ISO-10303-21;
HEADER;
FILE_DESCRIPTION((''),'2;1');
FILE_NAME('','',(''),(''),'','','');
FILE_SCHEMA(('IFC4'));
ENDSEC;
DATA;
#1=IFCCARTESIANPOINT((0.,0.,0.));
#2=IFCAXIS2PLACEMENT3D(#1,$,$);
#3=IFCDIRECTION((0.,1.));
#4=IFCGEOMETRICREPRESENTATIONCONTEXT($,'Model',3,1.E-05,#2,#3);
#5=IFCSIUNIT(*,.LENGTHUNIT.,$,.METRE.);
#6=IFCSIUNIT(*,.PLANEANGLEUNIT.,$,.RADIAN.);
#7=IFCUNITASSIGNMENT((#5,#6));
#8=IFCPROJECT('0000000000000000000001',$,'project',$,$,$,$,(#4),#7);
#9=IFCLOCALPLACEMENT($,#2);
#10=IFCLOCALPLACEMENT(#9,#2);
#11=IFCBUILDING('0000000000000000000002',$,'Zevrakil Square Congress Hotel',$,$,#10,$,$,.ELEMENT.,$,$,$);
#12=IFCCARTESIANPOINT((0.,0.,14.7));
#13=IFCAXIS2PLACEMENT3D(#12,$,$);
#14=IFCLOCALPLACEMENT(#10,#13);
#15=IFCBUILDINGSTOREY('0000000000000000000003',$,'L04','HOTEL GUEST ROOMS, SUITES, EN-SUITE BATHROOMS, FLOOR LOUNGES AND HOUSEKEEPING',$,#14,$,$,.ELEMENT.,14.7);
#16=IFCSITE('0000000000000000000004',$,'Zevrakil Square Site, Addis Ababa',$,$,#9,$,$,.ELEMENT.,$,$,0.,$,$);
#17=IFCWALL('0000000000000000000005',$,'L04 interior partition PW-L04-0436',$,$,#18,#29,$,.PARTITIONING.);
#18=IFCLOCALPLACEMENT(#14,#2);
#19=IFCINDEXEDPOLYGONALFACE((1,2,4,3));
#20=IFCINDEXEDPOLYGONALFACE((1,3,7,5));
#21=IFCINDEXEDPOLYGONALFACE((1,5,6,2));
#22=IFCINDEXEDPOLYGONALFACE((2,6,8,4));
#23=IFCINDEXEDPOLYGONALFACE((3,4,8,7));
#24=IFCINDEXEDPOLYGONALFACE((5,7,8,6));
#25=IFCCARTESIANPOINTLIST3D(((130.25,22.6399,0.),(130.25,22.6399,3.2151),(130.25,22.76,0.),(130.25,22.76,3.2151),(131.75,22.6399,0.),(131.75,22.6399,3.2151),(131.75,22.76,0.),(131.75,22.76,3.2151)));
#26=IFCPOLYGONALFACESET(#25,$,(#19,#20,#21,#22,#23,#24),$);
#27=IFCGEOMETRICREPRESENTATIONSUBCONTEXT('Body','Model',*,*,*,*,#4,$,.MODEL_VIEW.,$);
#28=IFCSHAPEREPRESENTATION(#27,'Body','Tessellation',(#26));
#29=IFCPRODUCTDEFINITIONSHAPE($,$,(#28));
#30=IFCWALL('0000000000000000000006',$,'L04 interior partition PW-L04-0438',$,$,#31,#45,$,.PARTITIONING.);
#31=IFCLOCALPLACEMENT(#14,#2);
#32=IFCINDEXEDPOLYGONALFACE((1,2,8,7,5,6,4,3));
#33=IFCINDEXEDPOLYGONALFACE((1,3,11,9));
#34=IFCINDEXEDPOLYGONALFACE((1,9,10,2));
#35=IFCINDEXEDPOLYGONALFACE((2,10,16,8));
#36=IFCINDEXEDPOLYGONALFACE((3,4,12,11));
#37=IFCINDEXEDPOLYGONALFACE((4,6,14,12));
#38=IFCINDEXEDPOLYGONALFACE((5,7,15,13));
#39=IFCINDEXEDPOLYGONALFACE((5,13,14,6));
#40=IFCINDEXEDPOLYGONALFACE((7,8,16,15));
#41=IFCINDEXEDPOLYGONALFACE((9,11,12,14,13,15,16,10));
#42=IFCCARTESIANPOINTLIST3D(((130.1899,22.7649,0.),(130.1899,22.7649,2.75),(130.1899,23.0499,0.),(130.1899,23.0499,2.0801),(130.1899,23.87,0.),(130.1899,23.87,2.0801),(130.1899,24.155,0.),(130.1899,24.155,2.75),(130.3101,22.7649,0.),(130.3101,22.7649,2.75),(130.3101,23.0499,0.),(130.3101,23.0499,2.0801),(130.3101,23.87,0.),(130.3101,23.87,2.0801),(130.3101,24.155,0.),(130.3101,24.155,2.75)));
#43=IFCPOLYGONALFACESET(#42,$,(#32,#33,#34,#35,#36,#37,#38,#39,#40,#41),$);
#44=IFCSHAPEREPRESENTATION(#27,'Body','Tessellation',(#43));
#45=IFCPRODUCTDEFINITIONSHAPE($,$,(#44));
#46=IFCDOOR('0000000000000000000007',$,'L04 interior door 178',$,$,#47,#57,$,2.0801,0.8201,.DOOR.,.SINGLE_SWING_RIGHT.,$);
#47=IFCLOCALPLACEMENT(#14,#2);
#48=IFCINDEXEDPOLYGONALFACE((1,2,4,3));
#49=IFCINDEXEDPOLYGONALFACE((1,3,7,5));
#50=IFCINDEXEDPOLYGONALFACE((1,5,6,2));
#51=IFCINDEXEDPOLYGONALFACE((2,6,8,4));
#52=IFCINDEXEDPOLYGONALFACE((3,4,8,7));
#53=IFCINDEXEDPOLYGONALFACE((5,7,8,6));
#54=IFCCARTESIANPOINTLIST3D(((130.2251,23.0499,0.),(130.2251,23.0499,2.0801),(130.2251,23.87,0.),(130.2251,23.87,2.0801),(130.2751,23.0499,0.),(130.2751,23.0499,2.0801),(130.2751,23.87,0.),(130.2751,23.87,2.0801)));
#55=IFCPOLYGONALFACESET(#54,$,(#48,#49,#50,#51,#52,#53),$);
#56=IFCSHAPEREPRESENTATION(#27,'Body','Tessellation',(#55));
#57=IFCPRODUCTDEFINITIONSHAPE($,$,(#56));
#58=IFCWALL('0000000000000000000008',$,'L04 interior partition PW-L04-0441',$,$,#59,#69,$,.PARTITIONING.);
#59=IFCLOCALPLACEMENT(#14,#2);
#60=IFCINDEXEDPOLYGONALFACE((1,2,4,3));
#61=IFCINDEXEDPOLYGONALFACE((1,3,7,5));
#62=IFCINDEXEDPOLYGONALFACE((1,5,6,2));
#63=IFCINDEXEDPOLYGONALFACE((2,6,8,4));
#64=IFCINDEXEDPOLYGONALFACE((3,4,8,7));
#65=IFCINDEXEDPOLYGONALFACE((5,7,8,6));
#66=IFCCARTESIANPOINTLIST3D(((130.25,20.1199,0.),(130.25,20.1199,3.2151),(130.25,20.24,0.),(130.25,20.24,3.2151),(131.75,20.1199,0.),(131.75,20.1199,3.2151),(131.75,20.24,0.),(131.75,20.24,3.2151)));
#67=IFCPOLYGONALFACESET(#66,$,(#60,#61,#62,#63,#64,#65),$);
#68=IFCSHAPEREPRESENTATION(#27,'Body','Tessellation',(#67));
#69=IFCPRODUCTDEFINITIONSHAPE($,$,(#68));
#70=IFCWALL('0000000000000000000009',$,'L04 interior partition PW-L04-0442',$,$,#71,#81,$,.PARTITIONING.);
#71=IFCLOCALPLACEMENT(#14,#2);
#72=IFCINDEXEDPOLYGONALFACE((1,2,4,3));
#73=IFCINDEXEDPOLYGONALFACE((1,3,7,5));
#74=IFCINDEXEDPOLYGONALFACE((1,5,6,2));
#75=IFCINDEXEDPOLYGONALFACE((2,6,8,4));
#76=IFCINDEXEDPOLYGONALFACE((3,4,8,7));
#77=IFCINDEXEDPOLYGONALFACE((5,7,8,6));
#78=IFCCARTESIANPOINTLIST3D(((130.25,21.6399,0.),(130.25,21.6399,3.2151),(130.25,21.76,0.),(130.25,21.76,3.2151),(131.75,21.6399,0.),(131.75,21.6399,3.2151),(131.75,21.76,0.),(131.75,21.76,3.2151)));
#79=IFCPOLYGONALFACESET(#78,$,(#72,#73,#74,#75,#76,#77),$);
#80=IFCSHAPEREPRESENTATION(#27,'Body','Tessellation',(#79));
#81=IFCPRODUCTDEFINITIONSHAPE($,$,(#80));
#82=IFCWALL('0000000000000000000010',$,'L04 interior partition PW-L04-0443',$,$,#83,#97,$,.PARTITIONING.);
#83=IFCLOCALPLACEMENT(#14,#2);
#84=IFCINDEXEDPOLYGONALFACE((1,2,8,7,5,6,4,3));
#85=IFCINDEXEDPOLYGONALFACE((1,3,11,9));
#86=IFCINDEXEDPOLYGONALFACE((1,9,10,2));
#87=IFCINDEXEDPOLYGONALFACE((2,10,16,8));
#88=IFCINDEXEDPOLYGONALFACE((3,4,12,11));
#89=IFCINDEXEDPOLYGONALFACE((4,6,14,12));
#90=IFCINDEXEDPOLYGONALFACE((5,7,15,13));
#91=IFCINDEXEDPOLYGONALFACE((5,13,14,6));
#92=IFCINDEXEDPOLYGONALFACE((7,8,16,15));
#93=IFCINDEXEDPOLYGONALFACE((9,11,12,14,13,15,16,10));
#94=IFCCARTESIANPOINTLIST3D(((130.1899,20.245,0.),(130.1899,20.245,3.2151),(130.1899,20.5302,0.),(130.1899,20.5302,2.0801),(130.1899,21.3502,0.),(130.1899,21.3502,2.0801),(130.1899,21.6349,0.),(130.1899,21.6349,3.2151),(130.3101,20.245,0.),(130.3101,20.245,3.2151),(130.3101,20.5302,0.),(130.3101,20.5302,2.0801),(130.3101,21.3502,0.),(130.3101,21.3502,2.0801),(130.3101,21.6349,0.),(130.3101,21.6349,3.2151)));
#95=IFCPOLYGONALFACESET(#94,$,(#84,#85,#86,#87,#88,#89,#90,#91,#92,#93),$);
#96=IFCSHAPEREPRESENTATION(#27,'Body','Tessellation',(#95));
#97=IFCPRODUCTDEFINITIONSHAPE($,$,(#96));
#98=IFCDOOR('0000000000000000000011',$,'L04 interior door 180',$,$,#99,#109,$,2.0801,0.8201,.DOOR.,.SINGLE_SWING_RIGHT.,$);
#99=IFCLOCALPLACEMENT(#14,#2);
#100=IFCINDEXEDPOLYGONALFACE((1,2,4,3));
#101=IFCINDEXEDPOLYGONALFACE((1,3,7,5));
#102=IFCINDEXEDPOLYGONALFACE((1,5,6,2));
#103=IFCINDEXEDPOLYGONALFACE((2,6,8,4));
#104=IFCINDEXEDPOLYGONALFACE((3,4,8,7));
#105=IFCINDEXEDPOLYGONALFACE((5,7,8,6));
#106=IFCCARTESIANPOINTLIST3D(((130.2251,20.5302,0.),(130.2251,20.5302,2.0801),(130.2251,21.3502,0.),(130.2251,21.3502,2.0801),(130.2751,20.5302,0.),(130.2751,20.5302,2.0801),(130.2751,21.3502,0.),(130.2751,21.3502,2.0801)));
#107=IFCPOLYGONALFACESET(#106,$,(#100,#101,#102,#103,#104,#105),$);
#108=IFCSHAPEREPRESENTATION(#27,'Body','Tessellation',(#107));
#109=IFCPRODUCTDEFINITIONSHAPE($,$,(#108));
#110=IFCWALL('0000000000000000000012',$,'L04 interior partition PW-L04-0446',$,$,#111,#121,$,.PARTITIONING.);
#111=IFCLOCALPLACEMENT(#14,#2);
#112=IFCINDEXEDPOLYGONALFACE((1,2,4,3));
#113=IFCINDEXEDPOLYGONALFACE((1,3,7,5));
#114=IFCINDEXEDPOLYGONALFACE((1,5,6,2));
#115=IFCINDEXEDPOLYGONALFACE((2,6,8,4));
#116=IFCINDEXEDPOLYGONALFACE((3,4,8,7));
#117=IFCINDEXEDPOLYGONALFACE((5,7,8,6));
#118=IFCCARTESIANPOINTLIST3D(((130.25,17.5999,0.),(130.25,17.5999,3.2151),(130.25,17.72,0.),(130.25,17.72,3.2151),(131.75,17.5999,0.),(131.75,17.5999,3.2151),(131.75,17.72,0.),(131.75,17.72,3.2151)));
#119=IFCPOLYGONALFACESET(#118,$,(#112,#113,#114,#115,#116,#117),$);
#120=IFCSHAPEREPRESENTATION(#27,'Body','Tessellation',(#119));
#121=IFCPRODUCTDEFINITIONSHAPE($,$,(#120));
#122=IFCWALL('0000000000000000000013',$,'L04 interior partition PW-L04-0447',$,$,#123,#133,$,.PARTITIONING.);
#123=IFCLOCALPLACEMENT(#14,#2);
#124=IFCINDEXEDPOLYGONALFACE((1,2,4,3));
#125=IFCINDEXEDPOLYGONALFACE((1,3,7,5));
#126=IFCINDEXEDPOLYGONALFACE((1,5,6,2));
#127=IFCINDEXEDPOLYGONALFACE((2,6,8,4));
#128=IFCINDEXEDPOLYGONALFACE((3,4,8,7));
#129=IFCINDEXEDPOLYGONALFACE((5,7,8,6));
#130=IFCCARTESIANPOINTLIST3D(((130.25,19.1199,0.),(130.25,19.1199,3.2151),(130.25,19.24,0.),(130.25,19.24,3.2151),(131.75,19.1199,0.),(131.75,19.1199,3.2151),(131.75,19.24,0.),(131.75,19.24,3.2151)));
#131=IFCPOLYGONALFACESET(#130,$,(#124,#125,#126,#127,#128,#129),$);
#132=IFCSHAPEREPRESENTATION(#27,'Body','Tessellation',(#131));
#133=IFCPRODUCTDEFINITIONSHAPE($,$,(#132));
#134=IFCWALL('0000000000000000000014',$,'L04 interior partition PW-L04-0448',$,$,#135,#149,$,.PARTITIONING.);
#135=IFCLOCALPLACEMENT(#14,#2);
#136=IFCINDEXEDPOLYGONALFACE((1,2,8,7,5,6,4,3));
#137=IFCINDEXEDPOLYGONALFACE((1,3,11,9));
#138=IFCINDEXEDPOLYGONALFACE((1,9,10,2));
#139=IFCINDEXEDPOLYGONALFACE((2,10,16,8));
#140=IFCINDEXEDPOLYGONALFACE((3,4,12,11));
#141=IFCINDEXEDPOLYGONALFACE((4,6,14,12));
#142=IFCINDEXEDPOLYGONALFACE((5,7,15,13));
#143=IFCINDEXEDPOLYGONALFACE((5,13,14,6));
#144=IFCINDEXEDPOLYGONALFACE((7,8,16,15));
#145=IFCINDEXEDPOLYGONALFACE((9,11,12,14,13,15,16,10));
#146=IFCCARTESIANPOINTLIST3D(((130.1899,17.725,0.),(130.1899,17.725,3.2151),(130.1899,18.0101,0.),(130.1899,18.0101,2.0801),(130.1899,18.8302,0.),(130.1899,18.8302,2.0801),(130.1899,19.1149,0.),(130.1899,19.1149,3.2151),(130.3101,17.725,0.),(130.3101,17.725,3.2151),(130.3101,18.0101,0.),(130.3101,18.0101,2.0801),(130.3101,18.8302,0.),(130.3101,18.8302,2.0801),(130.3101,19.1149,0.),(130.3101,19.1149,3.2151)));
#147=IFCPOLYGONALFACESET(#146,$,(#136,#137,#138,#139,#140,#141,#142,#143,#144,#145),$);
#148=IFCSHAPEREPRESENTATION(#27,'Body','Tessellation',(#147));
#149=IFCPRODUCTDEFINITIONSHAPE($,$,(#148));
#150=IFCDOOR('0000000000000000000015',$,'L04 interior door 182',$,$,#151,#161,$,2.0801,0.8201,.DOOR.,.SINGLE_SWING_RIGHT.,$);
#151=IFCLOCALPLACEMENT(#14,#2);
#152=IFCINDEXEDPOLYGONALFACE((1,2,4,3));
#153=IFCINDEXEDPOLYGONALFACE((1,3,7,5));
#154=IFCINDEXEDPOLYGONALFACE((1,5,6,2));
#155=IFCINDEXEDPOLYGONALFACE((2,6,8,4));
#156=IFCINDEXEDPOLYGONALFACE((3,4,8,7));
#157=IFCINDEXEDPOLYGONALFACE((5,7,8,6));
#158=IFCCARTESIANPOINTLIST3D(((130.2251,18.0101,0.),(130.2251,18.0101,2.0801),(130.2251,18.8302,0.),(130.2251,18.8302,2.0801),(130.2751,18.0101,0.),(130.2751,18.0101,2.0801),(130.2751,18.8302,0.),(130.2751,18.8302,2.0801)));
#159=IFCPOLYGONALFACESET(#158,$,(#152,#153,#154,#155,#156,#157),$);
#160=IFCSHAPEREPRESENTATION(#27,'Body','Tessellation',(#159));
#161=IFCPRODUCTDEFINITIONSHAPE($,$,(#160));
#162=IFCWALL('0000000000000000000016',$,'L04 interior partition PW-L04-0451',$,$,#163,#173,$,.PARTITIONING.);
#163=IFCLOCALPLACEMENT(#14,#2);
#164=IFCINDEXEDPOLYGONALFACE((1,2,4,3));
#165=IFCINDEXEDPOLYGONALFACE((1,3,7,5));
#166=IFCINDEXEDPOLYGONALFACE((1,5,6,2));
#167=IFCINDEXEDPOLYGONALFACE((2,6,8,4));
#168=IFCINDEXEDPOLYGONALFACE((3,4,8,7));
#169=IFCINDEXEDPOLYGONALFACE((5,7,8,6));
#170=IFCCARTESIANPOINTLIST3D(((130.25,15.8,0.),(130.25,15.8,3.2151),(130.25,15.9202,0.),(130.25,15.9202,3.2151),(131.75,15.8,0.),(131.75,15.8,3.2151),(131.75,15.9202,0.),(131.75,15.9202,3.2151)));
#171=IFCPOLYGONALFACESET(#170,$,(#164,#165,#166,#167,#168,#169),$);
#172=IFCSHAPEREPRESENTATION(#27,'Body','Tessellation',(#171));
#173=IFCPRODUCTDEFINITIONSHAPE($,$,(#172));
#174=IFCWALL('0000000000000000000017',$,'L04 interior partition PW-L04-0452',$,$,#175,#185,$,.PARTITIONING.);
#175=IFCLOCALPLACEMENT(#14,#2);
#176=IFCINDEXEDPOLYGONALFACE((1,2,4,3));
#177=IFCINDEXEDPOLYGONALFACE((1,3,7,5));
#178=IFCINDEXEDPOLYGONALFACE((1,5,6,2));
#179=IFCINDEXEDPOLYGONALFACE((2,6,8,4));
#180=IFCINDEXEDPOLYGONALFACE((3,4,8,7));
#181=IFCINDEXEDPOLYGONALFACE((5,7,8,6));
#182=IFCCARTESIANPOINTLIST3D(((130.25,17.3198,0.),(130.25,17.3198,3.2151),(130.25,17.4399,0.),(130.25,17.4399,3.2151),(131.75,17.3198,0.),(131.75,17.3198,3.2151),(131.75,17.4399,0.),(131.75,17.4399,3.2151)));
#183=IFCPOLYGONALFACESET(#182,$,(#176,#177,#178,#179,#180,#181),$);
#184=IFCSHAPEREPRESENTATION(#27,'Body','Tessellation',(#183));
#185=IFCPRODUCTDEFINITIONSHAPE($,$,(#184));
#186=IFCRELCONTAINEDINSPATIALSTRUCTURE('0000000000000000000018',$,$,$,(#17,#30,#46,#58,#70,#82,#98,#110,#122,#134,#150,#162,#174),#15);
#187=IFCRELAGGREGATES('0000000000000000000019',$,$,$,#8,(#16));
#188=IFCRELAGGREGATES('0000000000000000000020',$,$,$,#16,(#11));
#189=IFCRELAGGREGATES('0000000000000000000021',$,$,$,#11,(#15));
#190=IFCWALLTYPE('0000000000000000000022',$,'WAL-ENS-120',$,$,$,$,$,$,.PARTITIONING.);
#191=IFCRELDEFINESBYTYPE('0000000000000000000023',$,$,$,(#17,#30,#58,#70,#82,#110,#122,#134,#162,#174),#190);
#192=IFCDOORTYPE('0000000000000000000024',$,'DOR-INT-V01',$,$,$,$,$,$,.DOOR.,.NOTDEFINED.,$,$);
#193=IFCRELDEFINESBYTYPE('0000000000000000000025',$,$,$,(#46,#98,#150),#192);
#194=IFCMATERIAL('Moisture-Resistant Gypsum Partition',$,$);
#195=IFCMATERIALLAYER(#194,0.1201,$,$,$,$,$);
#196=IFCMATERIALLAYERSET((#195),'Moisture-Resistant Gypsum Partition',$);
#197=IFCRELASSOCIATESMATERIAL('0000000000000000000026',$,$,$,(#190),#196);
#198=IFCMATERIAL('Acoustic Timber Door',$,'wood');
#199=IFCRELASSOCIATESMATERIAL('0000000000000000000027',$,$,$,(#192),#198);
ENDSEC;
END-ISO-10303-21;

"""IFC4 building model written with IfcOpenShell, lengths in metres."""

from ifc_helpers import new_model, si_unit, direction, frame, frame_2d, origin, place, context, subcontext, project, spatial, rectangle, extrude, material, layer, layer_set, type_object, element, fill, save


model = new_model("IFC4")

# Units and contexts
model_context = context("Model", 3, precision=1e-05, world=origin(), true_north=direction((0.0, 1.0)))
body_context = subcontext(model_context, "Body", "Model", "MODEL_VIEW")
ifc_project = project(units=[si_unit("LENGTHUNIT", "METRE"), si_unit("PLANEANGLEUNIT", "RADIAN")], contexts=[model_context])

# Site, building, storey
site_placement = place(None, origin())
site = spatial("IfcSite", under=ifc_project, at=site_placement, Name="Zevrakil Square Site, Addis Ababa", CompositionType="ELEMENT", RefElevation=0.0)
building_placement = place(site_placement, origin())
building = spatial("IfcBuilding", under=site, at=building_placement, Name="Zevrakil Square Congress Hotel", CompositionType="ELEMENT")
storey_placement = place(building_placement, frame((0.0, 0.0, 14.7)))
storey = spatial("IfcBuildingStorey", under=building, at=storey_placement, Name="L04", Description="HOTEL GUEST ROOMS, SUITES, EN-SUITE BATHROOMS, FLOOR LOUNGES AND HOUSEKEEPING", CompositionType="ELEMENT", Elevation=14.7)

# Wall
ifc_material_1 = material(Name="Moisture-Resistant Gypsum Partition")
ifc_layer_1 = layer(ifc_material_1, 0.1201)
ifc_layer_set_1 = layer_set([ifc_layer_1], Name="Moisture-Resistant Gypsum Partition")
wall_type = type_object("IfcWallType", Name="WAL-ENS-120", PredefinedType="PARTITIONING", material=ifc_layer_set_1)
wall_1_placement = place(storey_placement, frame((130.25, 22.7, 0.0), z_axis=(0.0, 0.0, 1.0), x_axis=(1.0, 0.0, 0.0)))
element("IfcWall", 1, at=wall_1_placement, inside=storey, type_object=wall_type, Name="L04 interior partition PW-L04-0436", PredefinedType="PARTITIONING", context=body_context, shape_type="SweptSolid", body=[
    extrude(rectangle(XDim=1.5, YDim=0.1201, at=frame_2d((0.75, 0.0))), origin(), (0.0, 0.0, 1.0), 3.2151),
])

# Wall, opening, door
wall_2_placement = place(storey_placement, frame((130.25, 22.7649, 0.0), z_axis=(0.0, 0.0, 1.0), x_axis=(0.0, 1.0, 0.0)))
wall_2 = element("IfcWall", 2, at=wall_2_placement, inside=storey, type_object=wall_type, Name="L04 interior partition PW-L04-0438", PredefinedType="PARTITIONING", context=body_context, shape_type="SweptSolid", body=[
    extrude(rectangle(XDim=1.3901, YDim=0.1201, at=frame_2d((0.6951, 0.0))), origin(), (0.0, 0.0, 1.0), 2.75),
])
opening_1_placement = place(wall_2_placement, frame((0.2849, 0.0, 0.0)))
opening_1 = element("IfcOpeningElement", 3, at=opening_1_placement, cuts=wall_2, PredefinedType="OPENING", context=body_context, shape_type="SweptSolid", body=[
    extrude(rectangle(XDim=0.8201, YDim=2.0801, at=frame_2d((0.4102, 1.04))), frame((0.0, 0.0701, 0.0), z_axis=(0.0, -1.0, 0.0), x_axis=(1.0, 0.0, 0.0)), (0.0, 0.0, 1.0), 0.1401),
])
ifc_material_2 = material(Name="Acoustic Timber Door", Category="wood")
door_type = type_object("IfcDoorType", Name="DOR-INT-V01", OperationType="NOTDEFINED", PredefinedType="DOOR", material=ifc_material_2)
door_1_placement = place(opening_1_placement, origin())
door_1 = element("IfcDoor", 4, at=door_1_placement, inside=storey, type_object=door_type, Name="L04 interior door 178", OperationType="SINGLE_SWING_RIGHT", OverallHeight=2.0801, OverallWidth=0.8201, PredefinedType="DOOR", context=body_context, shape_type="SweptSolid", body=[
    extrude(rectangle(XDim=0.8201, YDim=2.0801, at=frame_2d((0.4102, 1.04))), frame((0.0, 0.0249, 0.0), z_axis=(0.0, -1.0, 0.0), x_axis=(1.0, 0.0, 0.0)), (0.0, 0.0, 1.0), 0.05),
])
fill(opening_1, door_1)

# Walls
for number, where, z_axis, x_axis, name in (
    (5, (130.25, 20.1799, 0.0), (0.0, 0.0, 1.0), (1.0, 0.0, 0.0), "L04 interior partition PW-L04-0441"),
    (6, (130.25, 21.7, 0.0), (0.0, 0.0, 1.0), (1.0, 0.0, 0.0), "L04 interior partition PW-L04-0442"),
):
    element("IfcWall", number, at=place(storey_placement, frame(where, z_axis=z_axis, x_axis=x_axis)), inside=storey, type_object=wall_type, Name=name, PredefinedType="PARTITIONING", context=body_context, shape_type="SweptSolid", body=[
        extrude(rectangle(XDim=1.5, YDim=0.1201, at=frame_2d((0.75, 0.0))), origin(), (0.0, 0.0, 1.0), 3.2151),
    ])

# Wall, opening, door
wall_3_placement = place(storey_placement, frame((130.25, 20.2451, 0.0), z_axis=(0.0, 0.0, 1.0), x_axis=(0.0, 1.0, 0.0)))
wall_3 = element("IfcWall", 7, at=wall_3_placement, inside=storey, type_object=wall_type, Name="L04 interior partition PW-L04-0443", PredefinedType="PARTITIONING", context=body_context, shape_type="SweptSolid", body=[
    extrude(rectangle(XDim=1.3899, YDim=0.1201, at=frame_2d((0.6948, 0.0))), origin(), (0.0, 0.0, 1.0), 3.2151),
])
opening_2_placement = place(wall_3_placement, frame((0.2849, 0.0, 0.0)))
opening_2 = element("IfcOpeningElement", 8, at=opening_2_placement, cuts=wall_3, PredefinedType="OPENING", context=body_context, shape_type="SweptSolid", body=[
    extrude(rectangle(XDim=0.8201, YDim=2.0801, at=frame_2d((0.4102, 1.04))), frame((0.0, 0.0701, 0.0), z_axis=(0.0, -1.0, 0.0), x_axis=(1.0, 0.0, 0.0)), (0.0, 0.0, 1.0), 0.1401),
])
door_2_placement = place(opening_2_placement, origin())
door_2 = element("IfcDoor", 9, at=door_2_placement, inside=storey, type_object=door_type, Name="L04 interior door 180", OperationType="SINGLE_SWING_RIGHT", OverallHeight=2.0801, OverallWidth=0.8201, PredefinedType="DOOR", context=body_context, shape_type="SweptSolid", body=[
    extrude(rectangle(XDim=0.8201, YDim=2.0801, at=frame_2d((0.4102, 1.04))), frame((0.0, 0.0249, 0.0), z_axis=(0.0, -1.0, 0.0), x_axis=(1.0, 0.0, 0.0)), (0.0, 0.0, 1.0), 0.05),
])
fill(opening_2, door_2)

# Walls
for number, where, z_axis, x_axis, name in (
    (10, (130.25, 17.6599, 0.0), (0.0, 0.0, 1.0), (1.0, 0.0, 0.0), "L04 interior partition PW-L04-0446"),
    (11, (130.25, 19.1799, 0.0), (0.0, 0.0, 1.0), (1.0, 0.0, 0.0), "L04 interior partition PW-L04-0447"),
):
    element("IfcWall", number, at=place(storey_placement, frame(where, z_axis=z_axis, x_axis=x_axis)), inside=storey, type_object=wall_type, Name=name, PredefinedType="PARTITIONING", context=body_context, shape_type="SweptSolid", body=[
        extrude(rectangle(XDim=1.5, YDim=0.1201, at=frame_2d((0.75, 0.0))), origin(), (0.0, 0.0, 1.0), 3.2151),
    ])

# Wall, opening, door
wall_4_placement = place(storey_placement, frame((130.25, 17.7251, 0.0), z_axis=(0.0, 0.0, 1.0), x_axis=(0.0, 1.0, 0.0)))
wall_4 = element("IfcWall", 12, at=wall_4_placement, inside=storey, type_object=wall_type, Name="L04 interior partition PW-L04-0448", PredefinedType="PARTITIONING", context=body_context, shape_type="SweptSolid", body=[
    extrude(rectangle(XDim=1.3899, YDim=0.1201, at=frame_2d((0.6948, 0.0))), origin(), (0.0, 0.0, 1.0), 3.2151),
])
opening_3_placement = place(wall_4_placement, frame((0.2849, 0.0, 0.0)))
opening_3 = element("IfcOpeningElement", 13, at=opening_3_placement, cuts=wall_4, PredefinedType="OPENING", context=body_context, shape_type="SweptSolid", body=[
    extrude(rectangle(XDim=0.8201, YDim=2.0801, at=frame_2d((0.4102, 1.04))), frame((0.0, 0.0701, 0.0), z_axis=(0.0, -1.0, 0.0), x_axis=(1.0, 0.0, 0.0)), (0.0, 0.0, 1.0), 0.1401),
])
door_3_placement = place(opening_3_placement, origin())
door_3 = element("IfcDoor", 14, at=door_3_placement, inside=storey, type_object=door_type, Name="L04 interior door 182", OperationType="SINGLE_SWING_RIGHT", OverallHeight=2.0801, OverallWidth=0.8201, PredefinedType="DOOR", context=body_context, shape_type="SweptSolid", body=[
    extrude(rectangle(XDim=0.8201, YDim=2.0801, at=frame_2d((0.4102, 1.04))), frame((0.0, 0.0249, 0.0), z_axis=(0.0, -1.0, 0.0), x_axis=(1.0, 0.0, 0.0)), (0.0, 0.0, 1.0), 0.05),
])
fill(opening_3, door_3)

# Walls
for number, where, z_axis, x_axis, name in (
    (15, (130.25, 15.8601, 0.0), (0.0, 0.0, 1.0), (1.0, 0.0, 0.0), "L04 interior partition PW-L04-0451"),
    (16, (130.25, 17.3799, 0.0), (0.0, 0.0, 1.0), (1.0, 0.0, 0.0), "L04 interior partition PW-L04-0452"),
):
    element("IfcWall", number, at=place(storey_placement, frame(where, z_axis=z_axis, x_axis=x_axis)), inside=storey, type_object=wall_type, Name=name, PredefinedType="PARTITIONING", context=body_context, shape_type="SweptSolid", body=[
        extrude(rectangle(XDim=1.5, YDim=0.1201, at=frame_2d((0.75, 0.0))), origin(), (0.0, 0.0, 1.0), 3.2151),
    ])

save(model, "model.ifc")
